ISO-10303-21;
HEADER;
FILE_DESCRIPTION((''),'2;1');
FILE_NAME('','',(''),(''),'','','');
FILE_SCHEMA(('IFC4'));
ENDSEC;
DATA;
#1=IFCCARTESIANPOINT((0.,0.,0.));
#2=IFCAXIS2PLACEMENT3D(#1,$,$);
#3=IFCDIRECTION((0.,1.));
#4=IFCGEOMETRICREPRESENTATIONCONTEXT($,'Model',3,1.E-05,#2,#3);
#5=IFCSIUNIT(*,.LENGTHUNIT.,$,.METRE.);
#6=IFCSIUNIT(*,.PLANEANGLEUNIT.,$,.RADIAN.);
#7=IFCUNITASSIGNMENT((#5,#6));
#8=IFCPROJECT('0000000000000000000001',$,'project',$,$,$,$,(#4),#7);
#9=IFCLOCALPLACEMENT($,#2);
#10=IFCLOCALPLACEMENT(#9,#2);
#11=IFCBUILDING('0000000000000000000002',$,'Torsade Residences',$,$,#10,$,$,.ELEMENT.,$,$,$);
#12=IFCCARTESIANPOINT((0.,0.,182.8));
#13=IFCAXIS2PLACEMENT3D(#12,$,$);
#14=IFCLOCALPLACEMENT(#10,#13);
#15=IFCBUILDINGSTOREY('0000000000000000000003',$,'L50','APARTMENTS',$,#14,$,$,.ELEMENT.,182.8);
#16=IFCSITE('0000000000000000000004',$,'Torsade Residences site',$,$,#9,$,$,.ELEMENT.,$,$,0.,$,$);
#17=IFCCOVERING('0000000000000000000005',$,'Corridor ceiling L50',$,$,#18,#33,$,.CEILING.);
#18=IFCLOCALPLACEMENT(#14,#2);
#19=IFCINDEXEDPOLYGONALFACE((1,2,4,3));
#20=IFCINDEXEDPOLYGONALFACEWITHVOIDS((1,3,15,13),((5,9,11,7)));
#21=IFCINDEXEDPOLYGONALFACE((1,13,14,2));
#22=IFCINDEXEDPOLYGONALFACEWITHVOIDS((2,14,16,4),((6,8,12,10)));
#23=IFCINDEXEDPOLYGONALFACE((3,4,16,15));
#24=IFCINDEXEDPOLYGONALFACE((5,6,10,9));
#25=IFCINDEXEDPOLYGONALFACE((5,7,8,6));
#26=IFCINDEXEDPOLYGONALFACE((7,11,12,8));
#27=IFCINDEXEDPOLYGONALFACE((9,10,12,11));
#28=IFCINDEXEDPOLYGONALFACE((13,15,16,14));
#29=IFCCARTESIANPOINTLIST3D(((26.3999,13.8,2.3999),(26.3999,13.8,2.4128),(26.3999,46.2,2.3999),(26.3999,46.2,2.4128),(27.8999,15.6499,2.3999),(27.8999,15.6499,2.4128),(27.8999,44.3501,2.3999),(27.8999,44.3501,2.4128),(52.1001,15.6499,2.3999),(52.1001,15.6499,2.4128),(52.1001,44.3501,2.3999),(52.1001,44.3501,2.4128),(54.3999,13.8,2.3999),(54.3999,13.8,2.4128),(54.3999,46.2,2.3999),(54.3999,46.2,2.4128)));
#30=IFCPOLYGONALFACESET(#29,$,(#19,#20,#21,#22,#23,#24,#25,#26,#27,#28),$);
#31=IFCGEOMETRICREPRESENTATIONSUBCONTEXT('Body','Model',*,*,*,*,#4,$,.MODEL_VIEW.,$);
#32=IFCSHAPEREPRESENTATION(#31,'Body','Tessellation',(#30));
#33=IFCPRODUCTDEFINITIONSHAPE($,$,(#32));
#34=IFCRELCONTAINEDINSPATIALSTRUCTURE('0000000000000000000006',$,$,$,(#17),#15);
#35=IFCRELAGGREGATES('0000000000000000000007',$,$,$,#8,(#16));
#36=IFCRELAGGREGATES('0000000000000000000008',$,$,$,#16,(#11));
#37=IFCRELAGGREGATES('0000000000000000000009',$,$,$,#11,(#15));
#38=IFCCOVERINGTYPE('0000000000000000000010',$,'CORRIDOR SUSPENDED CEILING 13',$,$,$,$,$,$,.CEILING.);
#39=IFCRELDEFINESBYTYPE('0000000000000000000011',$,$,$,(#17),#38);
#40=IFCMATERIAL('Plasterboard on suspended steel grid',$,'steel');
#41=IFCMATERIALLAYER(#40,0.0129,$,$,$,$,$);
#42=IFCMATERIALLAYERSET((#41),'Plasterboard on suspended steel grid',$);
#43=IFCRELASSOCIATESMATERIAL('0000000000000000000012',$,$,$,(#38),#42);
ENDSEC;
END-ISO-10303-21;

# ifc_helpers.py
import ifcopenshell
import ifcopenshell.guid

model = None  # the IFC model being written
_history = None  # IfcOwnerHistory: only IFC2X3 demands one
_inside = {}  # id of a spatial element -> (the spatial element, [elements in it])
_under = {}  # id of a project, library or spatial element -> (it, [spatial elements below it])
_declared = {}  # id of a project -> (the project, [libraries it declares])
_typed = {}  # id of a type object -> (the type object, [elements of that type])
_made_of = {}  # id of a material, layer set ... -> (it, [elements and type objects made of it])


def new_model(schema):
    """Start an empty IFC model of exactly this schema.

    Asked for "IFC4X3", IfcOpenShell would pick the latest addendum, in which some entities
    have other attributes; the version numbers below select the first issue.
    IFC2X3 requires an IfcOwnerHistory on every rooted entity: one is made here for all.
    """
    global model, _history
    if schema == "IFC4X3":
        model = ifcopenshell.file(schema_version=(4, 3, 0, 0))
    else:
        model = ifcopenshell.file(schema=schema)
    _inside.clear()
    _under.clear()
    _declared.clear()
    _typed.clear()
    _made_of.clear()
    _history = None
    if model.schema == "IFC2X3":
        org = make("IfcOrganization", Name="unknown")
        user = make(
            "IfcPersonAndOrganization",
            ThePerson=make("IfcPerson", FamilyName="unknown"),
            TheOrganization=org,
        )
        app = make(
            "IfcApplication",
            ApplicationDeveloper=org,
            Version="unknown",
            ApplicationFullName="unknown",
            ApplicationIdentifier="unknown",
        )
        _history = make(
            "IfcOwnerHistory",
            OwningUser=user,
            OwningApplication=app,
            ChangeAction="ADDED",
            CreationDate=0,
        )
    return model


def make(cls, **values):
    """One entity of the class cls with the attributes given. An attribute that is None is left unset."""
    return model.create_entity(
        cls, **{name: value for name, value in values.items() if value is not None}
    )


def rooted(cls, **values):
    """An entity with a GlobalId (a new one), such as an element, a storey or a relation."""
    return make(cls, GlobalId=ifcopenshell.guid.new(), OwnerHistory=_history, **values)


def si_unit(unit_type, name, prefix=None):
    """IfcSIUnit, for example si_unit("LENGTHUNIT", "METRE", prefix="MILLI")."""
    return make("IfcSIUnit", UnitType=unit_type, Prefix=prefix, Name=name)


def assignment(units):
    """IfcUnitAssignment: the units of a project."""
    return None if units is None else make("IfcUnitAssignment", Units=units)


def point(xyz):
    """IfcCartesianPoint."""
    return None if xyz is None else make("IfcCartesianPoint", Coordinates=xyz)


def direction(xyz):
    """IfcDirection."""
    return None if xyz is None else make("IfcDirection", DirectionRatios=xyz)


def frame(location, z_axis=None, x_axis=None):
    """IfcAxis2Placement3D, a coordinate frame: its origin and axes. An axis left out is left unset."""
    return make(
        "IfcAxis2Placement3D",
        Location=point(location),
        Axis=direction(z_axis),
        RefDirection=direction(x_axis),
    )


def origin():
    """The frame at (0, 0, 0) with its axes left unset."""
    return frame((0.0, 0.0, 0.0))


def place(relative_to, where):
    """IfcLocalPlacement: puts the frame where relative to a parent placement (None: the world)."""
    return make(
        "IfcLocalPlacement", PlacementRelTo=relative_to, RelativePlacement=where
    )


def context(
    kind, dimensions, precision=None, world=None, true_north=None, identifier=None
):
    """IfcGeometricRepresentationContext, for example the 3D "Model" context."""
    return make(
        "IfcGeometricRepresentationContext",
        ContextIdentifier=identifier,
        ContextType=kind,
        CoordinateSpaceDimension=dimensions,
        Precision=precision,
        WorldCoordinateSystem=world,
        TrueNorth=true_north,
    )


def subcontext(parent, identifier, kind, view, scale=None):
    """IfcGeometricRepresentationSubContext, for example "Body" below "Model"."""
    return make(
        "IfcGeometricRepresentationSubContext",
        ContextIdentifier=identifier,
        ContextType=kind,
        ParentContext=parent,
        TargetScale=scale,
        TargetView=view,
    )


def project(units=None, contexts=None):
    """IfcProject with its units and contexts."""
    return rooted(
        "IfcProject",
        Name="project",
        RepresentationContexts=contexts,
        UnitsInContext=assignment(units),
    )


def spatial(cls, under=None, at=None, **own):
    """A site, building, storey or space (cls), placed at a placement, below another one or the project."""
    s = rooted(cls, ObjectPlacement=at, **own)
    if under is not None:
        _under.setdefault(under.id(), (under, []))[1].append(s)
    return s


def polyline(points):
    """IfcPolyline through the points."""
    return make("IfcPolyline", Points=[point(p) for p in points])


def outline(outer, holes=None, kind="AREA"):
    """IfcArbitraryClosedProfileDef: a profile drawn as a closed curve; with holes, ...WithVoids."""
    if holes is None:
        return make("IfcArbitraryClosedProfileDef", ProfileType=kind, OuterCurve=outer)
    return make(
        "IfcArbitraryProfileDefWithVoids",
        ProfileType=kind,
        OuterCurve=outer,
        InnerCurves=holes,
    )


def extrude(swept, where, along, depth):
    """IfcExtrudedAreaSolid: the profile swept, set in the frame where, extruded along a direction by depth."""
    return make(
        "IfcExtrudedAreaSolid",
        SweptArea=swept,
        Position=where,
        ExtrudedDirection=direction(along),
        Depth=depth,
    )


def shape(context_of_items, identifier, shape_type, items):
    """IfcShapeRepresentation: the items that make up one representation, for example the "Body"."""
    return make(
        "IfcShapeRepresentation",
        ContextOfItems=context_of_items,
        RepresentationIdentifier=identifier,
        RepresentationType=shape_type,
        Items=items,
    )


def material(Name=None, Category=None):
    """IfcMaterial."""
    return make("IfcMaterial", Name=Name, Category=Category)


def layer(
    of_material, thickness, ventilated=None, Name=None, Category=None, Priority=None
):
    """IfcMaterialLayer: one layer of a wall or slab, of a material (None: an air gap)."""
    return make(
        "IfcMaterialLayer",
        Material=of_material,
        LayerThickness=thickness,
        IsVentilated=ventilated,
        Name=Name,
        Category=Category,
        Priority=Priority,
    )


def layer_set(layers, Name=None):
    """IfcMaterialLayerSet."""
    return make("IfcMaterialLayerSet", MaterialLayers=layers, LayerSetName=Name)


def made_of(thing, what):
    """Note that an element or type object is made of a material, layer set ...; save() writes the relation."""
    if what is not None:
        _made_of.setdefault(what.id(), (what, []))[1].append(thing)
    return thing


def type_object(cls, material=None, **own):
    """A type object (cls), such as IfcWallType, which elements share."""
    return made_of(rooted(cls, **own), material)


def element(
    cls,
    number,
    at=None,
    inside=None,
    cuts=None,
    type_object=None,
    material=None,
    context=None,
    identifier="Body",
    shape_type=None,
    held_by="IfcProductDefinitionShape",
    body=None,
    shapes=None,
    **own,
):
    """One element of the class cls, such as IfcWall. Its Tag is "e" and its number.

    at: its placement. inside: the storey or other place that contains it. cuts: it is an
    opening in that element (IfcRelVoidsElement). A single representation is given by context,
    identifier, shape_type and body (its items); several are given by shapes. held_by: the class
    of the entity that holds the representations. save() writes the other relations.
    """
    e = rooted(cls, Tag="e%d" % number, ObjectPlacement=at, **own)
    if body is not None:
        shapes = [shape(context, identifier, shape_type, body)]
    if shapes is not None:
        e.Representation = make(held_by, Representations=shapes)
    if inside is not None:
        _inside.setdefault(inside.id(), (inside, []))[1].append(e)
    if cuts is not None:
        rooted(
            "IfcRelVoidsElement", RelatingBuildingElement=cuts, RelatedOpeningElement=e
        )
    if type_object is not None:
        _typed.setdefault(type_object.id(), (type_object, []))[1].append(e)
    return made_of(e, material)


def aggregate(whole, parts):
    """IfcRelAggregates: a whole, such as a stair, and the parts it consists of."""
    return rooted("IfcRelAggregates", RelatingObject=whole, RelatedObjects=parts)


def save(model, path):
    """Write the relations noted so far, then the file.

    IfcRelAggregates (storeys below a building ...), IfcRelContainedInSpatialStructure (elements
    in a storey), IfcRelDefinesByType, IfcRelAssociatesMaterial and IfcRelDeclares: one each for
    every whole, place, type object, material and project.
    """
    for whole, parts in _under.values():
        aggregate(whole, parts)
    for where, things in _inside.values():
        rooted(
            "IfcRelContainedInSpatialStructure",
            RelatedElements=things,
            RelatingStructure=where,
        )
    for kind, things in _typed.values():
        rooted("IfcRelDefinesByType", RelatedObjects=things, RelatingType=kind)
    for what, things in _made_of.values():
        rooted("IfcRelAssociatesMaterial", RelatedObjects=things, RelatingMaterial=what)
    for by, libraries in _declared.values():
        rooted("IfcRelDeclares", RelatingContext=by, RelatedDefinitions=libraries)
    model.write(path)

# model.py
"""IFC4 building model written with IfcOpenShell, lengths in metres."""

from ifc_helpers import new_model, si_unit, direction, frame, origin, place, context, subcontext, project, spatial, polyline, outline, extrude, material, layer, layer_set, type_object, element, save


model = new_model("IFC4")

# Units and contexts
model_context = context("Model", 3, precision=1e-05, world=origin(), true_north=direction((0.0, 1.0)))
body_context = subcontext(model_context, "Body", "Model", "MODEL_VIEW")
ifc_project = project(units=[si_unit("LENGTHUNIT", "METRE"), si_unit("PLANEANGLEUNIT", "RADIAN")], contexts=[model_context])

# Site, building, storey
site_placement = place(None, origin())
site = spatial("IfcSite", under=ifc_project, at=site_placement, Name="Torsade Residences site", CompositionType="ELEMENT", RefElevation=0.0)
building_placement = place(site_placement, origin())
building = spatial("IfcBuilding", under=site, at=building_placement, Name="Torsade Residences", CompositionType="ELEMENT")
storey_placement = place(building_placement, frame((0.0, 0.0, 182.8)))
storey = spatial("IfcBuildingStorey", under=building, at=storey_placement, Name="L50", Description="APARTMENTS", CompositionType="ELEMENT", Elevation=182.8)

# Covering
ifc_material_1 = material(Name="Plasterboard on suspended steel grid", Category="steel")
ifc_layer_1 = layer(ifc_material_1, 0.0129)
ifc_layer_set_1 = layer_set([ifc_layer_1], Name="Plasterboard on suspended steel grid")
covering_type_1 = type_object("IfcCoveringType", Name="CORRIDOR SUSPENDED CEILING 13", PredefinedType="CEILING", material=ifc_layer_set_1)
covering_1_placement = place(storey_placement, frame((0.0, 0.0, 2.3999)))
element("IfcCovering", 1, at=covering_1_placement, inside=storey, type_object=covering_type_1, Name="Corridor ceiling L50", PredefinedType="CEILING", context=body_context, shape_type="SweptSolid", body=[
    extrude(outline(polyline([(26.3999, 46.2), (26.3999, 13.8), (54.3999, 13.8), (54.3999, 46.2), (26.3999, 46.2)]), holes=[polyline([(52.1001, 44.3501), (27.8999, 44.3501), (27.8999, 15.6499), (52.1001, 15.6499), (52.1001, 44.3501)])]), origin(), (0.0, 0.0, 1.0), 0.0129),
])

save(model, "model.ifc")
